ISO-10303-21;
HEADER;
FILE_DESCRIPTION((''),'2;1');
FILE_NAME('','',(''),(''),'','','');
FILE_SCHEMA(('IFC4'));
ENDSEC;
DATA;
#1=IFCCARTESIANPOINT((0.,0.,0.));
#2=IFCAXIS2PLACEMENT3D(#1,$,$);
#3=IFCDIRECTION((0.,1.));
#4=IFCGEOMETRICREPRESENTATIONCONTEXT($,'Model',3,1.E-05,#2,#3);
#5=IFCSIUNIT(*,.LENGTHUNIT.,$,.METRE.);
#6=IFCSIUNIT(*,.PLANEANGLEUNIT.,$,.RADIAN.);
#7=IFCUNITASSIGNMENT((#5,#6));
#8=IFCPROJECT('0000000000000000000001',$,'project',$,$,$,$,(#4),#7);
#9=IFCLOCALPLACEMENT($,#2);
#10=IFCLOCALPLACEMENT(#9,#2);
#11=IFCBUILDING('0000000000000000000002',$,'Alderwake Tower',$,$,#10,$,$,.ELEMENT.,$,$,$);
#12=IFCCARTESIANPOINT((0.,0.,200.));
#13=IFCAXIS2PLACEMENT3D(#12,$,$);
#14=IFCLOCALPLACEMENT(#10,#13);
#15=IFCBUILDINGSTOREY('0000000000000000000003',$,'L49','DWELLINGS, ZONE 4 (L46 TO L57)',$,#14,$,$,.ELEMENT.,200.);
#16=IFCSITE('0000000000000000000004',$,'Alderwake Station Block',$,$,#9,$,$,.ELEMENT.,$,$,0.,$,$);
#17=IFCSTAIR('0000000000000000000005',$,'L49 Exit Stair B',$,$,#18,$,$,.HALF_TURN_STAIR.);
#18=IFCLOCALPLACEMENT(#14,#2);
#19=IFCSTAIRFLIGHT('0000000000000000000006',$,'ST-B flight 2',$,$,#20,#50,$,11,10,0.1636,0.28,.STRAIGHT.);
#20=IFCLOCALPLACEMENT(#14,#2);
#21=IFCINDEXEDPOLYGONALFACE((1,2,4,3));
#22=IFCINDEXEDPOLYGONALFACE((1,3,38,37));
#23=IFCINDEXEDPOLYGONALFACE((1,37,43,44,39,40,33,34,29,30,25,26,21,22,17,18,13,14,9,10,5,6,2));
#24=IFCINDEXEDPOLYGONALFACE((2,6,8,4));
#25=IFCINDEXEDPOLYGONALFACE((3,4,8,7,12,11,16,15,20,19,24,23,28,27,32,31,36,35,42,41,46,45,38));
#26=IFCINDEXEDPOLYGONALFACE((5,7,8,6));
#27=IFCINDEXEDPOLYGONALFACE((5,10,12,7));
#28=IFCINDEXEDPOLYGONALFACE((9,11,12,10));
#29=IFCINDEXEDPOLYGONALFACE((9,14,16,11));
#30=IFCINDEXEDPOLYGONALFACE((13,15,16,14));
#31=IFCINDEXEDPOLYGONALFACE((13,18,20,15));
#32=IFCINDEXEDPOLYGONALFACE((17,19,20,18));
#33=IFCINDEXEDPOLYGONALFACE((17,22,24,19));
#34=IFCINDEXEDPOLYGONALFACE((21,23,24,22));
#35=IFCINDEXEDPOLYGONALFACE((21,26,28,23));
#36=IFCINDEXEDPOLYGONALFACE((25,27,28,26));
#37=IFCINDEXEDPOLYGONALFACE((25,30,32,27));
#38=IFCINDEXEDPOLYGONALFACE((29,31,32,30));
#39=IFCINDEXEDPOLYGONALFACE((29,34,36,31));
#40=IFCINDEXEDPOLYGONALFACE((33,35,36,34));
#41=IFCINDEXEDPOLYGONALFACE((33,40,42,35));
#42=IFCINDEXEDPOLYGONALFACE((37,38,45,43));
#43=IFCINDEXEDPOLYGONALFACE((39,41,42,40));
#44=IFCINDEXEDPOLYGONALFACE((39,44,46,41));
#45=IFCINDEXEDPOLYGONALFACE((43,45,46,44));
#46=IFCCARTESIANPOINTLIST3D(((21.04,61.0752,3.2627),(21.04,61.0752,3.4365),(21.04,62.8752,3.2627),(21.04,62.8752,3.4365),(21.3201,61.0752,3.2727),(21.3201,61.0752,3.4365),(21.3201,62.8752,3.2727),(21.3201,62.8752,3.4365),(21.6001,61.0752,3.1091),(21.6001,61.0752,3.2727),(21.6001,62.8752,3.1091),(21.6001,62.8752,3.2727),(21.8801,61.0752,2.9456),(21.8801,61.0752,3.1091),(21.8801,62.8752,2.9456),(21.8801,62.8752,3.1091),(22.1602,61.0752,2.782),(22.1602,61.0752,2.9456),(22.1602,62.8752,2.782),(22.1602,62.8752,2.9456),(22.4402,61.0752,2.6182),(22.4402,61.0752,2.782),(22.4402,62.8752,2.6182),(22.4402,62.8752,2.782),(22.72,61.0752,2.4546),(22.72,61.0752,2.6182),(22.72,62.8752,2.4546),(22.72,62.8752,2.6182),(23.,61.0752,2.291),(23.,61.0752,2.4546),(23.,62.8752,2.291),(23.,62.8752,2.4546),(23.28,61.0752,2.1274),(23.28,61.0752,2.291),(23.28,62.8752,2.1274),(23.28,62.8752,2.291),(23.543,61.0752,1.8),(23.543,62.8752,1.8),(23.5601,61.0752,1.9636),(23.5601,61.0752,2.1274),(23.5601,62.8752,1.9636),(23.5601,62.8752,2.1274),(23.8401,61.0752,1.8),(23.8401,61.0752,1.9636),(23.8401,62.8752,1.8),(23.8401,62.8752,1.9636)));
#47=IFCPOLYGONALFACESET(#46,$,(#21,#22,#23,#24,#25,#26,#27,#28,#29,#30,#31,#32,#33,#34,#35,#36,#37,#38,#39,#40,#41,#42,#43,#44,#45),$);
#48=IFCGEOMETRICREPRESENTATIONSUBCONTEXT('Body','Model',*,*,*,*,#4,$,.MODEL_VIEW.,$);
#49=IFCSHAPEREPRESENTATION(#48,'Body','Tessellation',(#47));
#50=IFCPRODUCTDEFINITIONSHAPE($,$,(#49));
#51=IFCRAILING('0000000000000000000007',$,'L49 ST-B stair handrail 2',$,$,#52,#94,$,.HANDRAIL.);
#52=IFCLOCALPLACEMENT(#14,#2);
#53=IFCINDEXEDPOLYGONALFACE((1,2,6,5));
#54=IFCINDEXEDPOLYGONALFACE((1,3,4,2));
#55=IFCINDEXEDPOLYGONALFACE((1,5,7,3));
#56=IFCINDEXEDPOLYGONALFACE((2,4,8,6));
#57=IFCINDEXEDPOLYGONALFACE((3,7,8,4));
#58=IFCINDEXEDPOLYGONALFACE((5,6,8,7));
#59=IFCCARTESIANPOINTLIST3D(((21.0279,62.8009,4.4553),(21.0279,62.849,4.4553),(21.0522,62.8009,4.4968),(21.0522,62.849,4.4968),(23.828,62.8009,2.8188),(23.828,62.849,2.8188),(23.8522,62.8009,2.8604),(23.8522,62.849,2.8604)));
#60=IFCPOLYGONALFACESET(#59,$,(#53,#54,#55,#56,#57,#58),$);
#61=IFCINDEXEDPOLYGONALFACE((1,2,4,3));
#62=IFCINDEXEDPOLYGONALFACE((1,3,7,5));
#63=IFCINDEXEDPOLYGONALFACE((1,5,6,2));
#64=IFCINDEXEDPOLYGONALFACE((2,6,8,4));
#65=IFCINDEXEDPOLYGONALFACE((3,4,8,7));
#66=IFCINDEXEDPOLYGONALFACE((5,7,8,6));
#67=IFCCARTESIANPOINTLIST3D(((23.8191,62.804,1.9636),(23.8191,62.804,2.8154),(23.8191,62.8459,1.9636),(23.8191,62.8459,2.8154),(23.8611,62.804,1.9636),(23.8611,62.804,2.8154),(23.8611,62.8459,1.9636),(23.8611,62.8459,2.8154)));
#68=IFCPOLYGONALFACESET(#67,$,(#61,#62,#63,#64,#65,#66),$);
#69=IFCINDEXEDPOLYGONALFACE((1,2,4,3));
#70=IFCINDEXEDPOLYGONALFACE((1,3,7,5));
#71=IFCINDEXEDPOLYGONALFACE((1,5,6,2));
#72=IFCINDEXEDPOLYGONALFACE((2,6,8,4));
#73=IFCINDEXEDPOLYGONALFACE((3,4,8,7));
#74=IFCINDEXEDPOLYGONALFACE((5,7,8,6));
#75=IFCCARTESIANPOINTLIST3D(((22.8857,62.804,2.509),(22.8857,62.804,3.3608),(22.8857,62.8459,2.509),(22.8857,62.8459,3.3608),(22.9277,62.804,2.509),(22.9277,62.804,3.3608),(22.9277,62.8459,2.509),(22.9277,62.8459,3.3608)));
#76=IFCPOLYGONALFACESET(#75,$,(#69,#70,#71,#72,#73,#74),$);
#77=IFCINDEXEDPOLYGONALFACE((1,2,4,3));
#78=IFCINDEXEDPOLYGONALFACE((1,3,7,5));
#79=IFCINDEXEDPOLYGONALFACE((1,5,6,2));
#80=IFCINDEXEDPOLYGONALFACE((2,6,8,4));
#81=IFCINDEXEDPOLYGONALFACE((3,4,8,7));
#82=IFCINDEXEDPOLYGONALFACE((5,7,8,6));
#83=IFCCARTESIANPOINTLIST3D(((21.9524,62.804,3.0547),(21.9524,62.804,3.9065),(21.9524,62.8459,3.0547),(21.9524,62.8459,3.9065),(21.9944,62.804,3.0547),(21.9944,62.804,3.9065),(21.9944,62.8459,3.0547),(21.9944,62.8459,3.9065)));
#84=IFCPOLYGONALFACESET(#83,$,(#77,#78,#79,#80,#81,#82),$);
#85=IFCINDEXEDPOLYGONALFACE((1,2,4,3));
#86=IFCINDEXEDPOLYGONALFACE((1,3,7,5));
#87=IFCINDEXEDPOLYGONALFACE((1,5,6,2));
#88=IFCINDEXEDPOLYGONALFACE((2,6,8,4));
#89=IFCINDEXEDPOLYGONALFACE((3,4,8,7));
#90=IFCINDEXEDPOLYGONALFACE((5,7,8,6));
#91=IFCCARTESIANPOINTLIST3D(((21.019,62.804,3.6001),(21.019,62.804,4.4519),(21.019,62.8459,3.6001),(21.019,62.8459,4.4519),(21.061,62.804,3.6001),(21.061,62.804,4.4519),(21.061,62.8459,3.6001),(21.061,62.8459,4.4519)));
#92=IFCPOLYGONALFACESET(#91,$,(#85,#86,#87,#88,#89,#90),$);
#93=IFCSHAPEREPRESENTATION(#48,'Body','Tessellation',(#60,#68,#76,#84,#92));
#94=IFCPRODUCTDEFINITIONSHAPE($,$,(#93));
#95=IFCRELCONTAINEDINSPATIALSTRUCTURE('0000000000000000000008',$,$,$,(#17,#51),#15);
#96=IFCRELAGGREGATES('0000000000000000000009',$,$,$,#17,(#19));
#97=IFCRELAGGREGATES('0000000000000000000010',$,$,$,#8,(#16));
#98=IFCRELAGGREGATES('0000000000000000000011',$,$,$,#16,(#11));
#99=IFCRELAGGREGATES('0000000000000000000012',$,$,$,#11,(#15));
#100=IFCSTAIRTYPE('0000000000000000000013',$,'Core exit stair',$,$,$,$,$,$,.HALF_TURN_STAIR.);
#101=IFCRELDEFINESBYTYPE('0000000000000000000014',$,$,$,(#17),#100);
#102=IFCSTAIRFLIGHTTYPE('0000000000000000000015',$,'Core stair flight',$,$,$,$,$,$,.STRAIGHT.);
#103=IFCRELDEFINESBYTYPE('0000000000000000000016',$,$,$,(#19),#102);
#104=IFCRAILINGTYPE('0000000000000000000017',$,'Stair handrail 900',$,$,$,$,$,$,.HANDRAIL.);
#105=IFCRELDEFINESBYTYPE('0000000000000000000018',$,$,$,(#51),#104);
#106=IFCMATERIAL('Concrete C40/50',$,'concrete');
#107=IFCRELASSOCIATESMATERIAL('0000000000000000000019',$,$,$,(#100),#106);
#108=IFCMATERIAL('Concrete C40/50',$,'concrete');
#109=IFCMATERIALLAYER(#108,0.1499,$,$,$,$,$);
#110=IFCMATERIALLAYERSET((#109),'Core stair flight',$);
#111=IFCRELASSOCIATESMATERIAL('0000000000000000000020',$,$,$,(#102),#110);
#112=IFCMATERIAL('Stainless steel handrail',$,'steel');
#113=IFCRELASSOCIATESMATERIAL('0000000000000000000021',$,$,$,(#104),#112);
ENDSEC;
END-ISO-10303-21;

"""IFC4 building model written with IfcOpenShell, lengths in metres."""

from ifc_helpers import new_model, si_unit, direction, frame, origin, origin_2d, place, context, subcontext, project, spatial, polyline, rectangle, outline, extrude, material, layer, layer_set, type_object, element, aggregate, save


model = new_model("IFC4")

# Units and contexts
model_context = context("Model", 3, precision=1e-05, world=origin(), true_north=direction((0.0, 1.0)))
body_context = subcontext(model_context, "Body", "Model", "MODEL_VIEW")
ifc_project = project(units=[si_unit("LENGTHUNIT", "METRE"), si_unit("PLANEANGLEUNIT", "RADIAN")], contexts=[model_context])

# Site, building, storey
site_placement = place(None, origin())
site = spatial("IfcSite", under=ifc_project, at=site_placement, Name="Alderwake Station Block", CompositionType="ELEMENT", RefElevation=0.0)
building_placement = place(site_placement, origin())
building = spatial("IfcBuilding", under=site, at=building_placement, Name="Alderwake Tower", CompositionType="ELEMENT")
storey_placement = place(building_placement, frame((0.0, 0.0, 200.0)))
storey = spatial("IfcBuildingStorey", under=building, at=storey_placement, Name="L49", Description="DWELLINGS, ZONE 4 (L46 TO L57)", CompositionType="ELEMENT", Elevation=200.0)

# Stair, stair flight
ifc_material_1 = material(Name="Concrete C40/50", Category="concrete")
stair_type = type_object("IfcStairType", Name="Core exit stair", PredefinedType="HALF_TURN_STAIR", material=ifc_material_1)
stair_placement = place(storey_placement, origin())
stair = element("IfcStair", 1, at=stair_placement, inside=storey, type_object=stair_type, Name="L49 Exit Stair B", PredefinedType="HALF_TURN_STAIR")
ifc_material_2 = material(Name="Concrete C40/50", Category="concrete")
ifc_layer_1 = layer(ifc_material_2, 0.1499)
ifc_layer_set_1 = layer_set([ifc_layer_1], Name="Core stair flight")
stair_flight_type = type_object("IfcStairFlightType", Name="Core stair flight", PredefinedType="STRAIGHT", material=ifc_layer_set_1)
stair_flight_placement = place(storey_placement, frame((23.8401, 61.9751, 1.8), z_axis=(0.0, 0.0, 1.0), x_axis=(-1.0, 0.0, 0.0)))
stair_flight = element("IfcStairFlight", 2, at=stair_flight_placement, type_object=stair_flight_type, Name="ST-B flight 2", NumberOfRisers=11, NumberOfTreads=10, PredefinedType="STRAIGHT", RiserHeight=0.1636, TreadLength=0.28, context=body_context, shape_type="SweptSolid", body=[
    extrude(outline(polyline([(0.0, 0.0), (0.0, 0.1636), (0.28, 0.1636), (0.28, 0.3274), (0.5601, 0.3274), (0.5601, 0.491), (0.8401, 0.491), (0.8401, 0.6545), (1.1201, 0.6545), (1.1201, 0.8181), (1.3999, 0.8181), (1.3999, 0.9819), (1.6799, 0.9819), (1.6799, 1.1455), (1.96, 1.1455), (1.96, 1.3091), (2.24, 1.3091), (2.24, 1.4727), (2.52, 1.4727), (2.52, 1.6365), (2.8, 1.6365), (2.8, 1.8), (2.8, 1.4626), (0.2971, 0.0), (0.0, 0.0)])), frame((0.0, 0.8999, 0.0), z_axis=(0.0, -1.0, 0.0), x_axis=(1.0, 0.0, 0.0)), (0.0, 0.0, 1.0), 1.8),
])
aggregate(stair, [stair_flight])

# Railing
ifc_material_3 = material(Name="Stainless steel handrail", Category="steel")
railing_type = type_object("IfcRailingType", Name="Stair handrail 900", PredefinedType="HANDRAIL", material=ifc_material_3)
railing_placement = place(storey_placement, frame((23.8401, 62.825, 1.9636)))
element("IfcRailing", 3, at=railing_placement, inside=storey, type_object=railing_type, Name="L49 ST-B stair handrail 2", PredefinedType="HANDRAIL", context=body_context, shape_type="SweptSolid", body=[
    extrude(rectangle(XDim=0.0481, YDim=0.0481, at=origin_2d()), frame((0.0, 0.0, 0.876), z_axis=(-0.863361, 0.0, 0.504587), x_axis=(0.0, -1.0, 0.0)), (0.0, 0.0, 1.0), 3.2432),
    extrude(rectangle(XDim=0.042, YDim=0.042, at=origin_2d()), frame((0.0, 0.0, 0.0), z_axis=(0.0, 0.0, 1.0), x_axis=(-1.0, 0.0, 0.0)), (0.0, 0.0, 1.0), 0.8518),
    extrude(rectangle(XDim=0.042, YDim=0.042, at=origin_2d()), frame((-0.9333, 0.0, 0.5454), z_axis=(0.0, 0.0, 1.0), x_axis=(-1.0, 0.0, 0.0)), (0.0, 0.0, 1.0), 0.8518),
    extrude(rectangle(XDim=0.042, YDim=0.042, at=origin_2d()), frame((-1.8667, 0.0, 1.0911), z_axis=(0.0, 0.0, 1.0), x_axis=(-1.0, 0.0, 0.0)), (0.0, 0.0, 1.0), 0.8518),
    extrude(rectangle(XDim=0.042, YDim=0.042, at=origin_2d()), frame((-2.8, 0.0, 1.6365), z_axis=(0.0, 0.0, 1.0), x_axis=(-1.0, 0.0, 0.0)), (0.0, 0.0, 1.0), 0.8518),
])

save(model, "model.ifc")
